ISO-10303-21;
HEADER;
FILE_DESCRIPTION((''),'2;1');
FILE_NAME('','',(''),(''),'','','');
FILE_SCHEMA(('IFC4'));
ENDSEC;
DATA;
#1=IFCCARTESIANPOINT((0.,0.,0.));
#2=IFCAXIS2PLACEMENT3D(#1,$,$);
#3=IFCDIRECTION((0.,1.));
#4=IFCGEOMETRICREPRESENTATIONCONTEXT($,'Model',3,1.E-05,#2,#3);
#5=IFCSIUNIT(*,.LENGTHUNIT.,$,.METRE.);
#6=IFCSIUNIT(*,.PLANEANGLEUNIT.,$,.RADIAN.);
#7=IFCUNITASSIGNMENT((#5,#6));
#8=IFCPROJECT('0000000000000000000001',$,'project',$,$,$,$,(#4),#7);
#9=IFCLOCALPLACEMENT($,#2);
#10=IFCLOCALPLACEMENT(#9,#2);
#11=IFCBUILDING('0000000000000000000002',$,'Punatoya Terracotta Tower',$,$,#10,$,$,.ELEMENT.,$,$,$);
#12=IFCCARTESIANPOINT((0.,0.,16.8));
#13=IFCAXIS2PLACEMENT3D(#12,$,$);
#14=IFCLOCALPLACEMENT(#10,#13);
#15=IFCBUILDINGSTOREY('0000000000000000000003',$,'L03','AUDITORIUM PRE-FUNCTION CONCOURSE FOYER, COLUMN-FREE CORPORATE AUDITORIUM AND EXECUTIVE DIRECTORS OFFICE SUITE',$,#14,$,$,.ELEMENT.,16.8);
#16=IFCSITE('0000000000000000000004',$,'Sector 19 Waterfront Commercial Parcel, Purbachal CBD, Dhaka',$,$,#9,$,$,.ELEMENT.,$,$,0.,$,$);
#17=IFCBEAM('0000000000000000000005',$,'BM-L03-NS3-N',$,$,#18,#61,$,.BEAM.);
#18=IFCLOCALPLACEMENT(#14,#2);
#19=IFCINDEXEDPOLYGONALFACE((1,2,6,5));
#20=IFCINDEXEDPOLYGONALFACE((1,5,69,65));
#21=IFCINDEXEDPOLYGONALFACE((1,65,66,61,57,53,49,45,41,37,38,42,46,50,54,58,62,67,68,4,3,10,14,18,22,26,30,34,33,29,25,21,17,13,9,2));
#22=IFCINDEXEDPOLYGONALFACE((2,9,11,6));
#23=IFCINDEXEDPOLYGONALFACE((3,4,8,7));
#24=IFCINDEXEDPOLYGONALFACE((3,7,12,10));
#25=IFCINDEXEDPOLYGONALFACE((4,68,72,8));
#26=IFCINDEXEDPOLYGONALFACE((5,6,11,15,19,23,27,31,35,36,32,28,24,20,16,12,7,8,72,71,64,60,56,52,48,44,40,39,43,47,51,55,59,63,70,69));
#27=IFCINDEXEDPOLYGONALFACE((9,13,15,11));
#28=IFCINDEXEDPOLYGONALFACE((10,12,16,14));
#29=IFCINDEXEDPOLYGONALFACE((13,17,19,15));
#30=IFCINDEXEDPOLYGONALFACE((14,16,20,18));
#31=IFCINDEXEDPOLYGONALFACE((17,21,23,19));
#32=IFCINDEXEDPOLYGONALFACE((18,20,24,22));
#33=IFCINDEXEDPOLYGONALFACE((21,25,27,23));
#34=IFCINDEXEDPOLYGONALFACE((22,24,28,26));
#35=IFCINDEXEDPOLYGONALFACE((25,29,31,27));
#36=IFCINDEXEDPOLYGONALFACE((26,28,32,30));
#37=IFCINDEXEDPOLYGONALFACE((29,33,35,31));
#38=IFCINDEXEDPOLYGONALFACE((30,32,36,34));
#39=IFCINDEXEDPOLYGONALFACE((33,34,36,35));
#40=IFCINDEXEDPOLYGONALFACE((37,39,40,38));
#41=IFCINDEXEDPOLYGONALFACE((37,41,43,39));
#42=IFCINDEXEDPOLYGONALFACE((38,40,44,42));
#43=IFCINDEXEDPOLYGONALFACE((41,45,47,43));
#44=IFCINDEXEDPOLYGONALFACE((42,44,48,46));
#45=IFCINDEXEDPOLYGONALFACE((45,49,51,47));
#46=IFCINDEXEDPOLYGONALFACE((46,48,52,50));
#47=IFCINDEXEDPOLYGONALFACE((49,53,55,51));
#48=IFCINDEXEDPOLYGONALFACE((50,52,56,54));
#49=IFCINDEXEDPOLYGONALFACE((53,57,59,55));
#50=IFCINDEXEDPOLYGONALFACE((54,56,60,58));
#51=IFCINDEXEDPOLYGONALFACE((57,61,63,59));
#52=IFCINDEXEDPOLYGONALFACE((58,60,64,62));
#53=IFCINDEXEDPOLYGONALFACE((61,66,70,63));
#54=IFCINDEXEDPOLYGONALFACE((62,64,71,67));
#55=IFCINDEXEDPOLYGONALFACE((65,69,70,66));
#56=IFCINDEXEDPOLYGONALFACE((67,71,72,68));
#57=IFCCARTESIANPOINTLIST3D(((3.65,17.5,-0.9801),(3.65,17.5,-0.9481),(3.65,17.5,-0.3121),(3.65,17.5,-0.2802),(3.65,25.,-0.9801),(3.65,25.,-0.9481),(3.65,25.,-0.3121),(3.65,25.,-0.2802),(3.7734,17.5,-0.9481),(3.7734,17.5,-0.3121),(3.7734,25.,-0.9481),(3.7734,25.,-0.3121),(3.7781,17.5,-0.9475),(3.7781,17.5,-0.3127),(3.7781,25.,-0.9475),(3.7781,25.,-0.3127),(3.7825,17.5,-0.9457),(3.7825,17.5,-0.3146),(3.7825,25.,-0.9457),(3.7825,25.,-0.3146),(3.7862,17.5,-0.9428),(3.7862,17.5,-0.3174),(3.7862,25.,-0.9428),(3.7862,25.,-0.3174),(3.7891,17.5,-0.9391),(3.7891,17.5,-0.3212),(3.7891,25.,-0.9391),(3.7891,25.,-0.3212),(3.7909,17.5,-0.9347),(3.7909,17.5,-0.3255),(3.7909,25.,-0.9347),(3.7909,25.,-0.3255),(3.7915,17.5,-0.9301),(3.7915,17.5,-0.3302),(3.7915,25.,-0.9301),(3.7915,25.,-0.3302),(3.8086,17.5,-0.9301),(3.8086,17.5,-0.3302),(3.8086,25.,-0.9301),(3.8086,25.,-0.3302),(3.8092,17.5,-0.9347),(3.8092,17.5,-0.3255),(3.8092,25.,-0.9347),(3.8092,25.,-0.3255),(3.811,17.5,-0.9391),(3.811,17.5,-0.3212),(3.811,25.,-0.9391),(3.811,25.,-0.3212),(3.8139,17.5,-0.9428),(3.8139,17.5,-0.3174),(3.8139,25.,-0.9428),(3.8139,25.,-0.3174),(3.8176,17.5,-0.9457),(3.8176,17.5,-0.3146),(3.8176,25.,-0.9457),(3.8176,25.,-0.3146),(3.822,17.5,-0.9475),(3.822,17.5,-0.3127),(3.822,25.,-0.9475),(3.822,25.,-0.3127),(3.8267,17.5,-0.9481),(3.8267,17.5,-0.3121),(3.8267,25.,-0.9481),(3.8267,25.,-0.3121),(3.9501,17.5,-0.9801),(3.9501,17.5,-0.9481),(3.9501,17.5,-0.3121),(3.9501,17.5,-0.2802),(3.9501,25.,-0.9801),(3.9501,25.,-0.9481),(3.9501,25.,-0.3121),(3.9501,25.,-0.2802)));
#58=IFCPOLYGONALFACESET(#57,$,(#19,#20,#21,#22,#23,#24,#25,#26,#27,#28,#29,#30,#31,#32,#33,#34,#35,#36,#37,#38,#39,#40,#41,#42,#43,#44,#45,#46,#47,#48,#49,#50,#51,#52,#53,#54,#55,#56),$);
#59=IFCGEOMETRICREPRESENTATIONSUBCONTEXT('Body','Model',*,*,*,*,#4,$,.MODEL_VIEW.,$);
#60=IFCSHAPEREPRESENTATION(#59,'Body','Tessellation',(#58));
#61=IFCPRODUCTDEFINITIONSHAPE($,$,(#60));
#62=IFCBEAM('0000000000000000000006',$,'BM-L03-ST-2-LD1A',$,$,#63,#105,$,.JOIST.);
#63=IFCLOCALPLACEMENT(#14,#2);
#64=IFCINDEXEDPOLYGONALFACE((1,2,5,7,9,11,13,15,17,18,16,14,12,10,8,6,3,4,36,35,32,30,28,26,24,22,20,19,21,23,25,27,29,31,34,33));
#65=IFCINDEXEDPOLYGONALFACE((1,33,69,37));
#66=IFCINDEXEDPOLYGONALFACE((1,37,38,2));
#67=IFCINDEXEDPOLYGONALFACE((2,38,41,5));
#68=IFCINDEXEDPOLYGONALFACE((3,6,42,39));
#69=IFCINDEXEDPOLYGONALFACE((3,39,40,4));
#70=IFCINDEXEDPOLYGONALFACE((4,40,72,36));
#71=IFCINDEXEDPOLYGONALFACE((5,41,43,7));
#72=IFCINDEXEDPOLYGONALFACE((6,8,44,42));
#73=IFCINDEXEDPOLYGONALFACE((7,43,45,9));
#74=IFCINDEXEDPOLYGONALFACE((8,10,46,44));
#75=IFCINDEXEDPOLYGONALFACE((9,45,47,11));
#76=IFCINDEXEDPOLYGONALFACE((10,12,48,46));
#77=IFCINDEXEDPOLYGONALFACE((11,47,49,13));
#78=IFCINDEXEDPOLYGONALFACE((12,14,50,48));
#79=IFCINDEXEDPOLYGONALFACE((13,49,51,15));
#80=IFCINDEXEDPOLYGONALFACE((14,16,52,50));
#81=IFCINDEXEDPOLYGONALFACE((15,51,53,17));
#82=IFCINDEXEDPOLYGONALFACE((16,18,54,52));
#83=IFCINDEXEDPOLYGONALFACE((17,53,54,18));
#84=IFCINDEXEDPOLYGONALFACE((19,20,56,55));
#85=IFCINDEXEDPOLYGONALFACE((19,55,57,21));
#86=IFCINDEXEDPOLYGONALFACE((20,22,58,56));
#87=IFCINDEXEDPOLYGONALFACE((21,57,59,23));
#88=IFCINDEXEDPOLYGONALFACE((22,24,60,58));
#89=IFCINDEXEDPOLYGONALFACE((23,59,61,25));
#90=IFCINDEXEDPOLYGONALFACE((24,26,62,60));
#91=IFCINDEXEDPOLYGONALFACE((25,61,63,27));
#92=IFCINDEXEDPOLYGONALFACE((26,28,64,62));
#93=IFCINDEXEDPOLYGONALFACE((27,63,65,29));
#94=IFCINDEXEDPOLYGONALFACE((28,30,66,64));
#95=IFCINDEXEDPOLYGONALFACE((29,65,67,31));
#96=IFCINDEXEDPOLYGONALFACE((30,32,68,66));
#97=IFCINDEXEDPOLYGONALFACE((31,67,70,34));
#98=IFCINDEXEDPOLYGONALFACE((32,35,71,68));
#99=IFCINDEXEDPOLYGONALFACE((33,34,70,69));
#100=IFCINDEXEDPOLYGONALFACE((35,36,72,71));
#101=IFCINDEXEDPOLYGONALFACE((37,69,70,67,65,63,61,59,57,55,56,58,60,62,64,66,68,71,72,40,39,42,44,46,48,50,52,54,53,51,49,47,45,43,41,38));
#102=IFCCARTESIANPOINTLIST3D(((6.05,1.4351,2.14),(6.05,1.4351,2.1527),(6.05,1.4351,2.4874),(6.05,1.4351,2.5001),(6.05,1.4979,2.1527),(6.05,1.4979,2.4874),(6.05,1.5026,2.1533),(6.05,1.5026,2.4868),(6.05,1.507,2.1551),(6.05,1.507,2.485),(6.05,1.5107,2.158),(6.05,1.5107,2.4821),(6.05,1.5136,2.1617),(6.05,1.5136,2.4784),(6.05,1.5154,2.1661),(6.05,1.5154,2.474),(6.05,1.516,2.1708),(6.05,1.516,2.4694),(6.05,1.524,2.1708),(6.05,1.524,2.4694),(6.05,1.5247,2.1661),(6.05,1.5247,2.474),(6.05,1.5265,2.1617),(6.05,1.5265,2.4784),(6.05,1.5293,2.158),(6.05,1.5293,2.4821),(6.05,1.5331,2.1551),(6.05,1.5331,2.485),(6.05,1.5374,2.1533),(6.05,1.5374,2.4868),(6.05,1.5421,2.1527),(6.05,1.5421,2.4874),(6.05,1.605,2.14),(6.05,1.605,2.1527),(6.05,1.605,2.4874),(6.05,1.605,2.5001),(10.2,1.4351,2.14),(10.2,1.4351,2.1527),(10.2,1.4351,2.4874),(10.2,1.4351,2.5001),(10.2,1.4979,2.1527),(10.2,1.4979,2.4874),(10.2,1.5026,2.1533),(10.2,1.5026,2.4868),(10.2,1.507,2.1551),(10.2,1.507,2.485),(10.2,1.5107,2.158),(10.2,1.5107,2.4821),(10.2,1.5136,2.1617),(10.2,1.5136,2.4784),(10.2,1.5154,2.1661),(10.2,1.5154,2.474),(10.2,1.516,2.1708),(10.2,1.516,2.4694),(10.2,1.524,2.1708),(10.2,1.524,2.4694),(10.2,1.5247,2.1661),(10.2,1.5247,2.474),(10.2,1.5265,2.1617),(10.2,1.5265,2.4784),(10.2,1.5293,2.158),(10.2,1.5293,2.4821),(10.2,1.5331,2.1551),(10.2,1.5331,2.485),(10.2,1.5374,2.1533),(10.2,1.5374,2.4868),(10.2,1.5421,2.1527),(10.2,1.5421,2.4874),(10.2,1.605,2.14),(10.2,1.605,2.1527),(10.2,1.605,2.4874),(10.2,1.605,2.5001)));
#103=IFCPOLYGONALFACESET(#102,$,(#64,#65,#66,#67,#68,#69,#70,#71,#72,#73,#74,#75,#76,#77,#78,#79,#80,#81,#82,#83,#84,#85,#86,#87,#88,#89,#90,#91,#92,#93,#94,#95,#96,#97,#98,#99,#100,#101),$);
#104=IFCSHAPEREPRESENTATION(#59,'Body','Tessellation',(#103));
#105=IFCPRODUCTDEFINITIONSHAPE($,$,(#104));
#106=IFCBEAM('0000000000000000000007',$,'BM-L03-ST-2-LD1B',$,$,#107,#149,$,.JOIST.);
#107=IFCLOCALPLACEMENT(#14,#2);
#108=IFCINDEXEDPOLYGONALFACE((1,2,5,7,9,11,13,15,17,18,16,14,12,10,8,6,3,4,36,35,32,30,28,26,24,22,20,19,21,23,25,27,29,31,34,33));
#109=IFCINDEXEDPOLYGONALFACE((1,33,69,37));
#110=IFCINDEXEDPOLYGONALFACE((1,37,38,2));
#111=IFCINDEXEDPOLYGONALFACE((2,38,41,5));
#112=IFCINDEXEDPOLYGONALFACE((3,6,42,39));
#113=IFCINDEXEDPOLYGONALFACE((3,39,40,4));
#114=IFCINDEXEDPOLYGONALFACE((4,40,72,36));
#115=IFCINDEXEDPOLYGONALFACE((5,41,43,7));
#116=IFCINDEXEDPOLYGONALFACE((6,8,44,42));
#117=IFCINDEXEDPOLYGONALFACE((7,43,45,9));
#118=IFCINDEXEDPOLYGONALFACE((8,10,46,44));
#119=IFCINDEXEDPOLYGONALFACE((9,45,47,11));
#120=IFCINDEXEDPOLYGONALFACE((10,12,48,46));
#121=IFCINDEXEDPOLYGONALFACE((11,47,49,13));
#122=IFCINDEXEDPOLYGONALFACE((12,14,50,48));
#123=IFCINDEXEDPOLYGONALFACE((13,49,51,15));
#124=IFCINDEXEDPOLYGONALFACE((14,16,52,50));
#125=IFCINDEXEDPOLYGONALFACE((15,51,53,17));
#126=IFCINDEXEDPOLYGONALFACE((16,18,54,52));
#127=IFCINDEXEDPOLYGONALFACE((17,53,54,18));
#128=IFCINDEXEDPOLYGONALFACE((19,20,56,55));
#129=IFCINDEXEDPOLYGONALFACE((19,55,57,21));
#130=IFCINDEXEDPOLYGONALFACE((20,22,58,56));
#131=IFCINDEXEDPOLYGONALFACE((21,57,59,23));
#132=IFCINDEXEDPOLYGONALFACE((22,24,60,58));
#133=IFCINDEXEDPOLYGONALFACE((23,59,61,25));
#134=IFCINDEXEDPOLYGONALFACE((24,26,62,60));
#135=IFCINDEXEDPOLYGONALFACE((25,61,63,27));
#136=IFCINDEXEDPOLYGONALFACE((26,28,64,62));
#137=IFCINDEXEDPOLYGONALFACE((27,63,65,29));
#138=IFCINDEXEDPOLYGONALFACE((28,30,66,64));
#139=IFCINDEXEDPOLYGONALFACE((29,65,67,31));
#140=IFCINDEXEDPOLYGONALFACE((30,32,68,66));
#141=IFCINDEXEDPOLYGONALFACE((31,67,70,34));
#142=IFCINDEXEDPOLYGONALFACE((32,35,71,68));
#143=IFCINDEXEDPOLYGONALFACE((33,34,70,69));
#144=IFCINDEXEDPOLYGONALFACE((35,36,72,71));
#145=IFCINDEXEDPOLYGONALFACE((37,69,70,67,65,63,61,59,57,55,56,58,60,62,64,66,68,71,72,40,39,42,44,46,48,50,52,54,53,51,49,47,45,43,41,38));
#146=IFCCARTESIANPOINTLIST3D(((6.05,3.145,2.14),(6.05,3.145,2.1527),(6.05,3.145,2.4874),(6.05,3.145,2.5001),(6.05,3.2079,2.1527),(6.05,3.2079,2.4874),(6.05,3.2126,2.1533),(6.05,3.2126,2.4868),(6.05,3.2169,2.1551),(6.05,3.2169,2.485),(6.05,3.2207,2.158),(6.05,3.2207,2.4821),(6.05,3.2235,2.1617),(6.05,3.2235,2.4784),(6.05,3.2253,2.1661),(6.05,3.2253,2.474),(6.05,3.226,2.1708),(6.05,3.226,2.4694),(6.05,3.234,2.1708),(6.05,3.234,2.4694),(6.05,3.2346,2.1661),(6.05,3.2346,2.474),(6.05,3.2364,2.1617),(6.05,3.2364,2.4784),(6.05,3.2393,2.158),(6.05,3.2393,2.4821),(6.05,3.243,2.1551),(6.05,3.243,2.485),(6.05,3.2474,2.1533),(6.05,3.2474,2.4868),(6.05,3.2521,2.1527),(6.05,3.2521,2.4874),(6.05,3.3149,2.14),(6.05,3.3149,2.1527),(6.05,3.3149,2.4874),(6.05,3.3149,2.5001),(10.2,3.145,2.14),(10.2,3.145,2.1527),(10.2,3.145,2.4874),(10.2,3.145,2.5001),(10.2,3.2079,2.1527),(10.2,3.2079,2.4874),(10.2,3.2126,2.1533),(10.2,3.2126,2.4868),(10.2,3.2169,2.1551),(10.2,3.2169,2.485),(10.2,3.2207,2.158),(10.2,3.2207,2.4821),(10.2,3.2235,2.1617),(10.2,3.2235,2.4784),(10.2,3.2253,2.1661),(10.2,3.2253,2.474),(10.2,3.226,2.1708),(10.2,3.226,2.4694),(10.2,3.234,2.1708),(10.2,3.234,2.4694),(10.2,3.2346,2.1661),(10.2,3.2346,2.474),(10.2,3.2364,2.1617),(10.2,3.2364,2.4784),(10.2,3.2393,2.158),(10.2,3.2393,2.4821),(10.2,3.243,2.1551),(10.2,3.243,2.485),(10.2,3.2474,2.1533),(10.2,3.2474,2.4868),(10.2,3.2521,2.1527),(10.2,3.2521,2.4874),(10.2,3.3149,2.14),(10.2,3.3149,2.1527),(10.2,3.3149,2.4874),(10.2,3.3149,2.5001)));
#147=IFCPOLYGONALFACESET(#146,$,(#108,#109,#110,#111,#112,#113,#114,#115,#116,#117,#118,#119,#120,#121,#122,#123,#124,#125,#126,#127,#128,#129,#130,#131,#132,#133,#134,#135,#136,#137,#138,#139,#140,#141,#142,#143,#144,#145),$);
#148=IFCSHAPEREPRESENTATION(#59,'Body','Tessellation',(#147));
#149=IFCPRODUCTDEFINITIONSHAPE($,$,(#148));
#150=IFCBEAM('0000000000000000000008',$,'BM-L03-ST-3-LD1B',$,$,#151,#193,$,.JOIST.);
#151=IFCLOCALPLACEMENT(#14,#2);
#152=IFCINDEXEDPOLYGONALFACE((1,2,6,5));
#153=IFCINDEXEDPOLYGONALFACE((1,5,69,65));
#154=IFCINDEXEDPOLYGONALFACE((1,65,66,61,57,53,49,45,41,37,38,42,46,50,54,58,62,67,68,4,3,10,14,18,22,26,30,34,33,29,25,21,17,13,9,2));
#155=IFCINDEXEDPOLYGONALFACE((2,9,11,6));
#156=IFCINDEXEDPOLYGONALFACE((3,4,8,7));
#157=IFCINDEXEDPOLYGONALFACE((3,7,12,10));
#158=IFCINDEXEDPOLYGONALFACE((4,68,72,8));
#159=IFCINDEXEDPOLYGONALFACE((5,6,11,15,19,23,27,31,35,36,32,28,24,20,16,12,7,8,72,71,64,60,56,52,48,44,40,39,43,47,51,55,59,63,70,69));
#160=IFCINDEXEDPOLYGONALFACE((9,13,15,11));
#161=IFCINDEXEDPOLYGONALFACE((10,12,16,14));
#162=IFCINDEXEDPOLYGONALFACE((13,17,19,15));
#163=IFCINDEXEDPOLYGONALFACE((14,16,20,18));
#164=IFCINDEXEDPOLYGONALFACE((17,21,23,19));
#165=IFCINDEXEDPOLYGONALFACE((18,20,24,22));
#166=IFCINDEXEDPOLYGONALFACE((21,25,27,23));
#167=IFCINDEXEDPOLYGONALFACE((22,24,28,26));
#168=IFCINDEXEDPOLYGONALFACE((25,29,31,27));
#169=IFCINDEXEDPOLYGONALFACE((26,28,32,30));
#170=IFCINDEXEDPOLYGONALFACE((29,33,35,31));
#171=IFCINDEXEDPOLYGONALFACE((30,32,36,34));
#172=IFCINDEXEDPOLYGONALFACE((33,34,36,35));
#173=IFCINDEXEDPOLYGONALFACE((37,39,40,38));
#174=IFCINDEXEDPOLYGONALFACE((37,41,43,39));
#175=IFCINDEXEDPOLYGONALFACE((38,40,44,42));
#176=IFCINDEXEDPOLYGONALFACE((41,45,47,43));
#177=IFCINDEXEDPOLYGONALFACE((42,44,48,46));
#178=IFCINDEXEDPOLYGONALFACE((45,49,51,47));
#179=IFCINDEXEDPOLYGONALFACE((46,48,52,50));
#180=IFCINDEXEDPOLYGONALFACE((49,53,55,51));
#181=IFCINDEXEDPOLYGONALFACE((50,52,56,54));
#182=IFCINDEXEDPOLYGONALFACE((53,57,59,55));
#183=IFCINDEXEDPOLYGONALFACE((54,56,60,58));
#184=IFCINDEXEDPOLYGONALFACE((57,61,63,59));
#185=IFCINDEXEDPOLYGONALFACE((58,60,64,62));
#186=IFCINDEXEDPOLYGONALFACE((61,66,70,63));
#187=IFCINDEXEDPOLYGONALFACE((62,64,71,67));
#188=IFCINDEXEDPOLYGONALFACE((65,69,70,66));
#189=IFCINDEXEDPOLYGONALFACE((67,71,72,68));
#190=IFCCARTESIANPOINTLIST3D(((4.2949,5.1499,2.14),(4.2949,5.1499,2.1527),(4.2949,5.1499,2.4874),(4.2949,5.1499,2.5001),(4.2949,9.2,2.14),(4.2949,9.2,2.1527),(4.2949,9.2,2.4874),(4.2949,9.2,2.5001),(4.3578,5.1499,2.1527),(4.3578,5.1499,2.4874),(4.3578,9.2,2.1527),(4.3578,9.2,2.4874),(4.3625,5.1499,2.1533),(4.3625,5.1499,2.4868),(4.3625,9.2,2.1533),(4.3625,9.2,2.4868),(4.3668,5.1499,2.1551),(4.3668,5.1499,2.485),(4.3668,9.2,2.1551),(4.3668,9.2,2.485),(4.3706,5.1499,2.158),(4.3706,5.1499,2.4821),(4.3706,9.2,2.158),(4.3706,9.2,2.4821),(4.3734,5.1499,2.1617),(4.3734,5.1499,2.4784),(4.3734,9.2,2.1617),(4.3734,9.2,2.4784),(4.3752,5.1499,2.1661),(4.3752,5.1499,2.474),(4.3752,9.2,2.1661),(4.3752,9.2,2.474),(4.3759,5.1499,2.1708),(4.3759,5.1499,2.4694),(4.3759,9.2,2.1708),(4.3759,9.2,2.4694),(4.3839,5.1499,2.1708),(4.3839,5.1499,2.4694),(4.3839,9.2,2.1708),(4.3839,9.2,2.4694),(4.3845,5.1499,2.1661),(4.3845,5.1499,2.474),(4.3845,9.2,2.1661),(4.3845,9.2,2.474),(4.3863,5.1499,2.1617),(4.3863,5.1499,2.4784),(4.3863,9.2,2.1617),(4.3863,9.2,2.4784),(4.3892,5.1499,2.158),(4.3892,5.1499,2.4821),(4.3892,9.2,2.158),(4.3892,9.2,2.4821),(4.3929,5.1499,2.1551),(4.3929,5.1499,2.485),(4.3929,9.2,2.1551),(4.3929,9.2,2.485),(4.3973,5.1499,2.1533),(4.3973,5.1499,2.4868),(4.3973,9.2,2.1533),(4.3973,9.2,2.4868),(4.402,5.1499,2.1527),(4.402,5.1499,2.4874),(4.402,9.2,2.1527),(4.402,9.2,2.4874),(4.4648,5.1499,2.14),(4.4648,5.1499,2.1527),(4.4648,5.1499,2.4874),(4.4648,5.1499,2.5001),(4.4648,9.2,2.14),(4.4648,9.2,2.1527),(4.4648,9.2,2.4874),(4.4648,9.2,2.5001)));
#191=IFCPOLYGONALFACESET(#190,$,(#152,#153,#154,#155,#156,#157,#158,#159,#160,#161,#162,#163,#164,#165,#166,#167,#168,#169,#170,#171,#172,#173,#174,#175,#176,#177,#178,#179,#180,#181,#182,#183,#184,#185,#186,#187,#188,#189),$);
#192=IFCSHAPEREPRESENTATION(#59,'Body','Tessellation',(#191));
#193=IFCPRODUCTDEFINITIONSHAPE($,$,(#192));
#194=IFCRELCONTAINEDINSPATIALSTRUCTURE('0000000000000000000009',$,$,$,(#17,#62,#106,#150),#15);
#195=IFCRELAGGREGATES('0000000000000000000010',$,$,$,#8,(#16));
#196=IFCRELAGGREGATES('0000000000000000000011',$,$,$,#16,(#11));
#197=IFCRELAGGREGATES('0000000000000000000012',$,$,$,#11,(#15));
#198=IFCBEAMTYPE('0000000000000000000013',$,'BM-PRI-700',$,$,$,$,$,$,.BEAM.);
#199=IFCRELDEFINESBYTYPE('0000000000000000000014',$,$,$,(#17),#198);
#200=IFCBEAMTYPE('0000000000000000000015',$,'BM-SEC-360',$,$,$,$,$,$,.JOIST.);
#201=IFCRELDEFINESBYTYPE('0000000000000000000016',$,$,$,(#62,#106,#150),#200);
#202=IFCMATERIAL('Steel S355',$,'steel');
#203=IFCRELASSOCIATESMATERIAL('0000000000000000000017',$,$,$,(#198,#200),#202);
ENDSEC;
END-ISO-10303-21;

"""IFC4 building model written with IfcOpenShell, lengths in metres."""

from ifc_helpers import new_model, si_unit, direction, frame, origin, origin_2d, place, context, subcontext, project, spatial, i_section, extrude, material, material_profile, profile_set, type_object, element, save


model = new_model("IFC4")

# Units and contexts
model_context = context("Model", 3, precision=1e-05, world=origin(), true_north=direction((0.0, 1.0)))
body_context = subcontext(model_context, "Body", "Model", "MODEL_VIEW")
ifc_project = project(units=[si_unit("LENGTHUNIT", "METRE"), si_unit("PLANEANGLEUNIT", "RADIAN")], contexts=[model_context])

# Site, building, storey
site_placement = place(None, origin())
site = spatial("IfcSite", under=ifc_project, at=site_placement, Name="Sector 19 Waterfront Commercial Parcel, Purbachal CBD, Dhaka", CompositionType="ELEMENT", RefElevation=0.0)
building_placement = place(site_placement, origin())
building = spatial("IfcBuilding", under=site, at=building_placement, Name="Punatoya Terracotta Tower", CompositionType="ELEMENT")
storey_placement = place(building_placement, frame((0.0, 0.0, 16.8)))
storey = spatial("IfcBuildingStorey", under=building, at=storey_placement, Name="L03", Description="AUDITORIUM PRE-FUNCTION CONCOURSE FOYER, COLUMN-FREE CORPORATE AUDITORIUM AND EXECUTIVE DIRECTORS OFFICE SUITE", CompositionType="ELEMENT", Elevation=16.8)

# Beams
ifc_material_1 = material(Name="Steel S355", Category="steel")
ifc_material_profile_1 = material_profile(ifc_material_1, i_section(OverallWidth=0.3, OverallDepth=0.7, WebThickness=0.0171, FlangeThickness=0.032, FilletRadius=0.0181, at=origin_2d()))
ifc_profile_set_1 = profile_set([ifc_material_profile_1], Name="Steel S355")
beam_type_1 = type_object("IfcBeamType", Name="BM-PRI-700", PredefinedType="BEAM", material=ifc_profile_set_1)
for number, where, z_axis, x_axis, name in (
    (1, (3.8, 17.5, -0.6301), (0.0, 1.0, 0.0), (-1.0, 0.0, 0.0), "BM-L03-NS3-N"),
):
    element("IfcBeam", number, at=place(storey_placement, frame(where, z_axis=z_axis, x_axis=x_axis)), inside=storey, type_object=beam_type_1, Name=name, PredefinedType="BEAM", context=body_context, shape_type="SweptSolid", body=[
        extrude(i_section(OverallWidth=0.3, OverallDepth=0.7, WebThickness=0.0171, FlangeThickness=0.032, FilletRadius=0.0181, at=origin_2d()), origin(), (0.0, 0.0, 1.0), 7.5),
    ])
ifc_material_profile_2 = material_profile(ifc_material_1, i_section(OverallWidth=0.1699, OverallDepth=0.3601, WebThickness=0.0081, FlangeThickness=0.0127, FilletRadius=0.0181, at=origin_2d()))
ifc_profile_set_2 = profile_set([ifc_material_profile_2], Name="Steel S355")
beam_type_2 = type_object("IfcBeamType", Name="BM-SEC-360", PredefinedType="JOIST", material=ifc_profile_set_2)
for number, where, z_axis, x_axis, name in (
    (2, (6.05, 1.52, 2.3201), (1.0, 0.0, 0.0), (0.0, 1.0, 0.0), "BM-L03-ST-2-LD1A"),
    (3, (6.05, 3.23, 2.3201), (1.0, 0.0, 0.0), (0.0, 1.0, 0.0), "BM-L03-ST-2-LD1B"),
):
    element("IfcBeam", number, at=place(storey_placement, frame(where, z_axis=z_axis, x_axis=x_axis)), inside=storey, type_object=beam_type_2, Name=name, PredefinedType="JOIST", context=body_context, shape_type="SweptSolid", body=[
        extrude(i_section(OverallWidth=0.1699, OverallDepth=0.3601, WebThickness=0.0081, FlangeThickness=0.0127, FilletRadius=0.0181, at=origin_2d()), origin(), (0.0, 0.0, 1.0), 4.1499),
    ])
beam_1_placement = place(storey_placement, frame((4.3799, 5.1499, 2.3201), z_axis=(0.0, 1.0, 0.0), x_axis=(-1.0, 0.0, 0.0)))
element("IfcBeam", 4, at=beam_1_placement, inside=storey, type_object=beam_type_2, Name="BM-L03-ST-3-LD1B", PredefinedType="JOIST", context=body_context, shape_type="SweptSolid", body=[
    extrude(i_section(OverallWidth=0.1699, OverallDepth=0.3601, WebThickness=0.0081, FlangeThickness=0.0127, FilletRadius=0.0181, at=origin_2d()), origin(), (0.0, 0.0, 1.0), 4.05),
])

save(model, "model.ifc")
